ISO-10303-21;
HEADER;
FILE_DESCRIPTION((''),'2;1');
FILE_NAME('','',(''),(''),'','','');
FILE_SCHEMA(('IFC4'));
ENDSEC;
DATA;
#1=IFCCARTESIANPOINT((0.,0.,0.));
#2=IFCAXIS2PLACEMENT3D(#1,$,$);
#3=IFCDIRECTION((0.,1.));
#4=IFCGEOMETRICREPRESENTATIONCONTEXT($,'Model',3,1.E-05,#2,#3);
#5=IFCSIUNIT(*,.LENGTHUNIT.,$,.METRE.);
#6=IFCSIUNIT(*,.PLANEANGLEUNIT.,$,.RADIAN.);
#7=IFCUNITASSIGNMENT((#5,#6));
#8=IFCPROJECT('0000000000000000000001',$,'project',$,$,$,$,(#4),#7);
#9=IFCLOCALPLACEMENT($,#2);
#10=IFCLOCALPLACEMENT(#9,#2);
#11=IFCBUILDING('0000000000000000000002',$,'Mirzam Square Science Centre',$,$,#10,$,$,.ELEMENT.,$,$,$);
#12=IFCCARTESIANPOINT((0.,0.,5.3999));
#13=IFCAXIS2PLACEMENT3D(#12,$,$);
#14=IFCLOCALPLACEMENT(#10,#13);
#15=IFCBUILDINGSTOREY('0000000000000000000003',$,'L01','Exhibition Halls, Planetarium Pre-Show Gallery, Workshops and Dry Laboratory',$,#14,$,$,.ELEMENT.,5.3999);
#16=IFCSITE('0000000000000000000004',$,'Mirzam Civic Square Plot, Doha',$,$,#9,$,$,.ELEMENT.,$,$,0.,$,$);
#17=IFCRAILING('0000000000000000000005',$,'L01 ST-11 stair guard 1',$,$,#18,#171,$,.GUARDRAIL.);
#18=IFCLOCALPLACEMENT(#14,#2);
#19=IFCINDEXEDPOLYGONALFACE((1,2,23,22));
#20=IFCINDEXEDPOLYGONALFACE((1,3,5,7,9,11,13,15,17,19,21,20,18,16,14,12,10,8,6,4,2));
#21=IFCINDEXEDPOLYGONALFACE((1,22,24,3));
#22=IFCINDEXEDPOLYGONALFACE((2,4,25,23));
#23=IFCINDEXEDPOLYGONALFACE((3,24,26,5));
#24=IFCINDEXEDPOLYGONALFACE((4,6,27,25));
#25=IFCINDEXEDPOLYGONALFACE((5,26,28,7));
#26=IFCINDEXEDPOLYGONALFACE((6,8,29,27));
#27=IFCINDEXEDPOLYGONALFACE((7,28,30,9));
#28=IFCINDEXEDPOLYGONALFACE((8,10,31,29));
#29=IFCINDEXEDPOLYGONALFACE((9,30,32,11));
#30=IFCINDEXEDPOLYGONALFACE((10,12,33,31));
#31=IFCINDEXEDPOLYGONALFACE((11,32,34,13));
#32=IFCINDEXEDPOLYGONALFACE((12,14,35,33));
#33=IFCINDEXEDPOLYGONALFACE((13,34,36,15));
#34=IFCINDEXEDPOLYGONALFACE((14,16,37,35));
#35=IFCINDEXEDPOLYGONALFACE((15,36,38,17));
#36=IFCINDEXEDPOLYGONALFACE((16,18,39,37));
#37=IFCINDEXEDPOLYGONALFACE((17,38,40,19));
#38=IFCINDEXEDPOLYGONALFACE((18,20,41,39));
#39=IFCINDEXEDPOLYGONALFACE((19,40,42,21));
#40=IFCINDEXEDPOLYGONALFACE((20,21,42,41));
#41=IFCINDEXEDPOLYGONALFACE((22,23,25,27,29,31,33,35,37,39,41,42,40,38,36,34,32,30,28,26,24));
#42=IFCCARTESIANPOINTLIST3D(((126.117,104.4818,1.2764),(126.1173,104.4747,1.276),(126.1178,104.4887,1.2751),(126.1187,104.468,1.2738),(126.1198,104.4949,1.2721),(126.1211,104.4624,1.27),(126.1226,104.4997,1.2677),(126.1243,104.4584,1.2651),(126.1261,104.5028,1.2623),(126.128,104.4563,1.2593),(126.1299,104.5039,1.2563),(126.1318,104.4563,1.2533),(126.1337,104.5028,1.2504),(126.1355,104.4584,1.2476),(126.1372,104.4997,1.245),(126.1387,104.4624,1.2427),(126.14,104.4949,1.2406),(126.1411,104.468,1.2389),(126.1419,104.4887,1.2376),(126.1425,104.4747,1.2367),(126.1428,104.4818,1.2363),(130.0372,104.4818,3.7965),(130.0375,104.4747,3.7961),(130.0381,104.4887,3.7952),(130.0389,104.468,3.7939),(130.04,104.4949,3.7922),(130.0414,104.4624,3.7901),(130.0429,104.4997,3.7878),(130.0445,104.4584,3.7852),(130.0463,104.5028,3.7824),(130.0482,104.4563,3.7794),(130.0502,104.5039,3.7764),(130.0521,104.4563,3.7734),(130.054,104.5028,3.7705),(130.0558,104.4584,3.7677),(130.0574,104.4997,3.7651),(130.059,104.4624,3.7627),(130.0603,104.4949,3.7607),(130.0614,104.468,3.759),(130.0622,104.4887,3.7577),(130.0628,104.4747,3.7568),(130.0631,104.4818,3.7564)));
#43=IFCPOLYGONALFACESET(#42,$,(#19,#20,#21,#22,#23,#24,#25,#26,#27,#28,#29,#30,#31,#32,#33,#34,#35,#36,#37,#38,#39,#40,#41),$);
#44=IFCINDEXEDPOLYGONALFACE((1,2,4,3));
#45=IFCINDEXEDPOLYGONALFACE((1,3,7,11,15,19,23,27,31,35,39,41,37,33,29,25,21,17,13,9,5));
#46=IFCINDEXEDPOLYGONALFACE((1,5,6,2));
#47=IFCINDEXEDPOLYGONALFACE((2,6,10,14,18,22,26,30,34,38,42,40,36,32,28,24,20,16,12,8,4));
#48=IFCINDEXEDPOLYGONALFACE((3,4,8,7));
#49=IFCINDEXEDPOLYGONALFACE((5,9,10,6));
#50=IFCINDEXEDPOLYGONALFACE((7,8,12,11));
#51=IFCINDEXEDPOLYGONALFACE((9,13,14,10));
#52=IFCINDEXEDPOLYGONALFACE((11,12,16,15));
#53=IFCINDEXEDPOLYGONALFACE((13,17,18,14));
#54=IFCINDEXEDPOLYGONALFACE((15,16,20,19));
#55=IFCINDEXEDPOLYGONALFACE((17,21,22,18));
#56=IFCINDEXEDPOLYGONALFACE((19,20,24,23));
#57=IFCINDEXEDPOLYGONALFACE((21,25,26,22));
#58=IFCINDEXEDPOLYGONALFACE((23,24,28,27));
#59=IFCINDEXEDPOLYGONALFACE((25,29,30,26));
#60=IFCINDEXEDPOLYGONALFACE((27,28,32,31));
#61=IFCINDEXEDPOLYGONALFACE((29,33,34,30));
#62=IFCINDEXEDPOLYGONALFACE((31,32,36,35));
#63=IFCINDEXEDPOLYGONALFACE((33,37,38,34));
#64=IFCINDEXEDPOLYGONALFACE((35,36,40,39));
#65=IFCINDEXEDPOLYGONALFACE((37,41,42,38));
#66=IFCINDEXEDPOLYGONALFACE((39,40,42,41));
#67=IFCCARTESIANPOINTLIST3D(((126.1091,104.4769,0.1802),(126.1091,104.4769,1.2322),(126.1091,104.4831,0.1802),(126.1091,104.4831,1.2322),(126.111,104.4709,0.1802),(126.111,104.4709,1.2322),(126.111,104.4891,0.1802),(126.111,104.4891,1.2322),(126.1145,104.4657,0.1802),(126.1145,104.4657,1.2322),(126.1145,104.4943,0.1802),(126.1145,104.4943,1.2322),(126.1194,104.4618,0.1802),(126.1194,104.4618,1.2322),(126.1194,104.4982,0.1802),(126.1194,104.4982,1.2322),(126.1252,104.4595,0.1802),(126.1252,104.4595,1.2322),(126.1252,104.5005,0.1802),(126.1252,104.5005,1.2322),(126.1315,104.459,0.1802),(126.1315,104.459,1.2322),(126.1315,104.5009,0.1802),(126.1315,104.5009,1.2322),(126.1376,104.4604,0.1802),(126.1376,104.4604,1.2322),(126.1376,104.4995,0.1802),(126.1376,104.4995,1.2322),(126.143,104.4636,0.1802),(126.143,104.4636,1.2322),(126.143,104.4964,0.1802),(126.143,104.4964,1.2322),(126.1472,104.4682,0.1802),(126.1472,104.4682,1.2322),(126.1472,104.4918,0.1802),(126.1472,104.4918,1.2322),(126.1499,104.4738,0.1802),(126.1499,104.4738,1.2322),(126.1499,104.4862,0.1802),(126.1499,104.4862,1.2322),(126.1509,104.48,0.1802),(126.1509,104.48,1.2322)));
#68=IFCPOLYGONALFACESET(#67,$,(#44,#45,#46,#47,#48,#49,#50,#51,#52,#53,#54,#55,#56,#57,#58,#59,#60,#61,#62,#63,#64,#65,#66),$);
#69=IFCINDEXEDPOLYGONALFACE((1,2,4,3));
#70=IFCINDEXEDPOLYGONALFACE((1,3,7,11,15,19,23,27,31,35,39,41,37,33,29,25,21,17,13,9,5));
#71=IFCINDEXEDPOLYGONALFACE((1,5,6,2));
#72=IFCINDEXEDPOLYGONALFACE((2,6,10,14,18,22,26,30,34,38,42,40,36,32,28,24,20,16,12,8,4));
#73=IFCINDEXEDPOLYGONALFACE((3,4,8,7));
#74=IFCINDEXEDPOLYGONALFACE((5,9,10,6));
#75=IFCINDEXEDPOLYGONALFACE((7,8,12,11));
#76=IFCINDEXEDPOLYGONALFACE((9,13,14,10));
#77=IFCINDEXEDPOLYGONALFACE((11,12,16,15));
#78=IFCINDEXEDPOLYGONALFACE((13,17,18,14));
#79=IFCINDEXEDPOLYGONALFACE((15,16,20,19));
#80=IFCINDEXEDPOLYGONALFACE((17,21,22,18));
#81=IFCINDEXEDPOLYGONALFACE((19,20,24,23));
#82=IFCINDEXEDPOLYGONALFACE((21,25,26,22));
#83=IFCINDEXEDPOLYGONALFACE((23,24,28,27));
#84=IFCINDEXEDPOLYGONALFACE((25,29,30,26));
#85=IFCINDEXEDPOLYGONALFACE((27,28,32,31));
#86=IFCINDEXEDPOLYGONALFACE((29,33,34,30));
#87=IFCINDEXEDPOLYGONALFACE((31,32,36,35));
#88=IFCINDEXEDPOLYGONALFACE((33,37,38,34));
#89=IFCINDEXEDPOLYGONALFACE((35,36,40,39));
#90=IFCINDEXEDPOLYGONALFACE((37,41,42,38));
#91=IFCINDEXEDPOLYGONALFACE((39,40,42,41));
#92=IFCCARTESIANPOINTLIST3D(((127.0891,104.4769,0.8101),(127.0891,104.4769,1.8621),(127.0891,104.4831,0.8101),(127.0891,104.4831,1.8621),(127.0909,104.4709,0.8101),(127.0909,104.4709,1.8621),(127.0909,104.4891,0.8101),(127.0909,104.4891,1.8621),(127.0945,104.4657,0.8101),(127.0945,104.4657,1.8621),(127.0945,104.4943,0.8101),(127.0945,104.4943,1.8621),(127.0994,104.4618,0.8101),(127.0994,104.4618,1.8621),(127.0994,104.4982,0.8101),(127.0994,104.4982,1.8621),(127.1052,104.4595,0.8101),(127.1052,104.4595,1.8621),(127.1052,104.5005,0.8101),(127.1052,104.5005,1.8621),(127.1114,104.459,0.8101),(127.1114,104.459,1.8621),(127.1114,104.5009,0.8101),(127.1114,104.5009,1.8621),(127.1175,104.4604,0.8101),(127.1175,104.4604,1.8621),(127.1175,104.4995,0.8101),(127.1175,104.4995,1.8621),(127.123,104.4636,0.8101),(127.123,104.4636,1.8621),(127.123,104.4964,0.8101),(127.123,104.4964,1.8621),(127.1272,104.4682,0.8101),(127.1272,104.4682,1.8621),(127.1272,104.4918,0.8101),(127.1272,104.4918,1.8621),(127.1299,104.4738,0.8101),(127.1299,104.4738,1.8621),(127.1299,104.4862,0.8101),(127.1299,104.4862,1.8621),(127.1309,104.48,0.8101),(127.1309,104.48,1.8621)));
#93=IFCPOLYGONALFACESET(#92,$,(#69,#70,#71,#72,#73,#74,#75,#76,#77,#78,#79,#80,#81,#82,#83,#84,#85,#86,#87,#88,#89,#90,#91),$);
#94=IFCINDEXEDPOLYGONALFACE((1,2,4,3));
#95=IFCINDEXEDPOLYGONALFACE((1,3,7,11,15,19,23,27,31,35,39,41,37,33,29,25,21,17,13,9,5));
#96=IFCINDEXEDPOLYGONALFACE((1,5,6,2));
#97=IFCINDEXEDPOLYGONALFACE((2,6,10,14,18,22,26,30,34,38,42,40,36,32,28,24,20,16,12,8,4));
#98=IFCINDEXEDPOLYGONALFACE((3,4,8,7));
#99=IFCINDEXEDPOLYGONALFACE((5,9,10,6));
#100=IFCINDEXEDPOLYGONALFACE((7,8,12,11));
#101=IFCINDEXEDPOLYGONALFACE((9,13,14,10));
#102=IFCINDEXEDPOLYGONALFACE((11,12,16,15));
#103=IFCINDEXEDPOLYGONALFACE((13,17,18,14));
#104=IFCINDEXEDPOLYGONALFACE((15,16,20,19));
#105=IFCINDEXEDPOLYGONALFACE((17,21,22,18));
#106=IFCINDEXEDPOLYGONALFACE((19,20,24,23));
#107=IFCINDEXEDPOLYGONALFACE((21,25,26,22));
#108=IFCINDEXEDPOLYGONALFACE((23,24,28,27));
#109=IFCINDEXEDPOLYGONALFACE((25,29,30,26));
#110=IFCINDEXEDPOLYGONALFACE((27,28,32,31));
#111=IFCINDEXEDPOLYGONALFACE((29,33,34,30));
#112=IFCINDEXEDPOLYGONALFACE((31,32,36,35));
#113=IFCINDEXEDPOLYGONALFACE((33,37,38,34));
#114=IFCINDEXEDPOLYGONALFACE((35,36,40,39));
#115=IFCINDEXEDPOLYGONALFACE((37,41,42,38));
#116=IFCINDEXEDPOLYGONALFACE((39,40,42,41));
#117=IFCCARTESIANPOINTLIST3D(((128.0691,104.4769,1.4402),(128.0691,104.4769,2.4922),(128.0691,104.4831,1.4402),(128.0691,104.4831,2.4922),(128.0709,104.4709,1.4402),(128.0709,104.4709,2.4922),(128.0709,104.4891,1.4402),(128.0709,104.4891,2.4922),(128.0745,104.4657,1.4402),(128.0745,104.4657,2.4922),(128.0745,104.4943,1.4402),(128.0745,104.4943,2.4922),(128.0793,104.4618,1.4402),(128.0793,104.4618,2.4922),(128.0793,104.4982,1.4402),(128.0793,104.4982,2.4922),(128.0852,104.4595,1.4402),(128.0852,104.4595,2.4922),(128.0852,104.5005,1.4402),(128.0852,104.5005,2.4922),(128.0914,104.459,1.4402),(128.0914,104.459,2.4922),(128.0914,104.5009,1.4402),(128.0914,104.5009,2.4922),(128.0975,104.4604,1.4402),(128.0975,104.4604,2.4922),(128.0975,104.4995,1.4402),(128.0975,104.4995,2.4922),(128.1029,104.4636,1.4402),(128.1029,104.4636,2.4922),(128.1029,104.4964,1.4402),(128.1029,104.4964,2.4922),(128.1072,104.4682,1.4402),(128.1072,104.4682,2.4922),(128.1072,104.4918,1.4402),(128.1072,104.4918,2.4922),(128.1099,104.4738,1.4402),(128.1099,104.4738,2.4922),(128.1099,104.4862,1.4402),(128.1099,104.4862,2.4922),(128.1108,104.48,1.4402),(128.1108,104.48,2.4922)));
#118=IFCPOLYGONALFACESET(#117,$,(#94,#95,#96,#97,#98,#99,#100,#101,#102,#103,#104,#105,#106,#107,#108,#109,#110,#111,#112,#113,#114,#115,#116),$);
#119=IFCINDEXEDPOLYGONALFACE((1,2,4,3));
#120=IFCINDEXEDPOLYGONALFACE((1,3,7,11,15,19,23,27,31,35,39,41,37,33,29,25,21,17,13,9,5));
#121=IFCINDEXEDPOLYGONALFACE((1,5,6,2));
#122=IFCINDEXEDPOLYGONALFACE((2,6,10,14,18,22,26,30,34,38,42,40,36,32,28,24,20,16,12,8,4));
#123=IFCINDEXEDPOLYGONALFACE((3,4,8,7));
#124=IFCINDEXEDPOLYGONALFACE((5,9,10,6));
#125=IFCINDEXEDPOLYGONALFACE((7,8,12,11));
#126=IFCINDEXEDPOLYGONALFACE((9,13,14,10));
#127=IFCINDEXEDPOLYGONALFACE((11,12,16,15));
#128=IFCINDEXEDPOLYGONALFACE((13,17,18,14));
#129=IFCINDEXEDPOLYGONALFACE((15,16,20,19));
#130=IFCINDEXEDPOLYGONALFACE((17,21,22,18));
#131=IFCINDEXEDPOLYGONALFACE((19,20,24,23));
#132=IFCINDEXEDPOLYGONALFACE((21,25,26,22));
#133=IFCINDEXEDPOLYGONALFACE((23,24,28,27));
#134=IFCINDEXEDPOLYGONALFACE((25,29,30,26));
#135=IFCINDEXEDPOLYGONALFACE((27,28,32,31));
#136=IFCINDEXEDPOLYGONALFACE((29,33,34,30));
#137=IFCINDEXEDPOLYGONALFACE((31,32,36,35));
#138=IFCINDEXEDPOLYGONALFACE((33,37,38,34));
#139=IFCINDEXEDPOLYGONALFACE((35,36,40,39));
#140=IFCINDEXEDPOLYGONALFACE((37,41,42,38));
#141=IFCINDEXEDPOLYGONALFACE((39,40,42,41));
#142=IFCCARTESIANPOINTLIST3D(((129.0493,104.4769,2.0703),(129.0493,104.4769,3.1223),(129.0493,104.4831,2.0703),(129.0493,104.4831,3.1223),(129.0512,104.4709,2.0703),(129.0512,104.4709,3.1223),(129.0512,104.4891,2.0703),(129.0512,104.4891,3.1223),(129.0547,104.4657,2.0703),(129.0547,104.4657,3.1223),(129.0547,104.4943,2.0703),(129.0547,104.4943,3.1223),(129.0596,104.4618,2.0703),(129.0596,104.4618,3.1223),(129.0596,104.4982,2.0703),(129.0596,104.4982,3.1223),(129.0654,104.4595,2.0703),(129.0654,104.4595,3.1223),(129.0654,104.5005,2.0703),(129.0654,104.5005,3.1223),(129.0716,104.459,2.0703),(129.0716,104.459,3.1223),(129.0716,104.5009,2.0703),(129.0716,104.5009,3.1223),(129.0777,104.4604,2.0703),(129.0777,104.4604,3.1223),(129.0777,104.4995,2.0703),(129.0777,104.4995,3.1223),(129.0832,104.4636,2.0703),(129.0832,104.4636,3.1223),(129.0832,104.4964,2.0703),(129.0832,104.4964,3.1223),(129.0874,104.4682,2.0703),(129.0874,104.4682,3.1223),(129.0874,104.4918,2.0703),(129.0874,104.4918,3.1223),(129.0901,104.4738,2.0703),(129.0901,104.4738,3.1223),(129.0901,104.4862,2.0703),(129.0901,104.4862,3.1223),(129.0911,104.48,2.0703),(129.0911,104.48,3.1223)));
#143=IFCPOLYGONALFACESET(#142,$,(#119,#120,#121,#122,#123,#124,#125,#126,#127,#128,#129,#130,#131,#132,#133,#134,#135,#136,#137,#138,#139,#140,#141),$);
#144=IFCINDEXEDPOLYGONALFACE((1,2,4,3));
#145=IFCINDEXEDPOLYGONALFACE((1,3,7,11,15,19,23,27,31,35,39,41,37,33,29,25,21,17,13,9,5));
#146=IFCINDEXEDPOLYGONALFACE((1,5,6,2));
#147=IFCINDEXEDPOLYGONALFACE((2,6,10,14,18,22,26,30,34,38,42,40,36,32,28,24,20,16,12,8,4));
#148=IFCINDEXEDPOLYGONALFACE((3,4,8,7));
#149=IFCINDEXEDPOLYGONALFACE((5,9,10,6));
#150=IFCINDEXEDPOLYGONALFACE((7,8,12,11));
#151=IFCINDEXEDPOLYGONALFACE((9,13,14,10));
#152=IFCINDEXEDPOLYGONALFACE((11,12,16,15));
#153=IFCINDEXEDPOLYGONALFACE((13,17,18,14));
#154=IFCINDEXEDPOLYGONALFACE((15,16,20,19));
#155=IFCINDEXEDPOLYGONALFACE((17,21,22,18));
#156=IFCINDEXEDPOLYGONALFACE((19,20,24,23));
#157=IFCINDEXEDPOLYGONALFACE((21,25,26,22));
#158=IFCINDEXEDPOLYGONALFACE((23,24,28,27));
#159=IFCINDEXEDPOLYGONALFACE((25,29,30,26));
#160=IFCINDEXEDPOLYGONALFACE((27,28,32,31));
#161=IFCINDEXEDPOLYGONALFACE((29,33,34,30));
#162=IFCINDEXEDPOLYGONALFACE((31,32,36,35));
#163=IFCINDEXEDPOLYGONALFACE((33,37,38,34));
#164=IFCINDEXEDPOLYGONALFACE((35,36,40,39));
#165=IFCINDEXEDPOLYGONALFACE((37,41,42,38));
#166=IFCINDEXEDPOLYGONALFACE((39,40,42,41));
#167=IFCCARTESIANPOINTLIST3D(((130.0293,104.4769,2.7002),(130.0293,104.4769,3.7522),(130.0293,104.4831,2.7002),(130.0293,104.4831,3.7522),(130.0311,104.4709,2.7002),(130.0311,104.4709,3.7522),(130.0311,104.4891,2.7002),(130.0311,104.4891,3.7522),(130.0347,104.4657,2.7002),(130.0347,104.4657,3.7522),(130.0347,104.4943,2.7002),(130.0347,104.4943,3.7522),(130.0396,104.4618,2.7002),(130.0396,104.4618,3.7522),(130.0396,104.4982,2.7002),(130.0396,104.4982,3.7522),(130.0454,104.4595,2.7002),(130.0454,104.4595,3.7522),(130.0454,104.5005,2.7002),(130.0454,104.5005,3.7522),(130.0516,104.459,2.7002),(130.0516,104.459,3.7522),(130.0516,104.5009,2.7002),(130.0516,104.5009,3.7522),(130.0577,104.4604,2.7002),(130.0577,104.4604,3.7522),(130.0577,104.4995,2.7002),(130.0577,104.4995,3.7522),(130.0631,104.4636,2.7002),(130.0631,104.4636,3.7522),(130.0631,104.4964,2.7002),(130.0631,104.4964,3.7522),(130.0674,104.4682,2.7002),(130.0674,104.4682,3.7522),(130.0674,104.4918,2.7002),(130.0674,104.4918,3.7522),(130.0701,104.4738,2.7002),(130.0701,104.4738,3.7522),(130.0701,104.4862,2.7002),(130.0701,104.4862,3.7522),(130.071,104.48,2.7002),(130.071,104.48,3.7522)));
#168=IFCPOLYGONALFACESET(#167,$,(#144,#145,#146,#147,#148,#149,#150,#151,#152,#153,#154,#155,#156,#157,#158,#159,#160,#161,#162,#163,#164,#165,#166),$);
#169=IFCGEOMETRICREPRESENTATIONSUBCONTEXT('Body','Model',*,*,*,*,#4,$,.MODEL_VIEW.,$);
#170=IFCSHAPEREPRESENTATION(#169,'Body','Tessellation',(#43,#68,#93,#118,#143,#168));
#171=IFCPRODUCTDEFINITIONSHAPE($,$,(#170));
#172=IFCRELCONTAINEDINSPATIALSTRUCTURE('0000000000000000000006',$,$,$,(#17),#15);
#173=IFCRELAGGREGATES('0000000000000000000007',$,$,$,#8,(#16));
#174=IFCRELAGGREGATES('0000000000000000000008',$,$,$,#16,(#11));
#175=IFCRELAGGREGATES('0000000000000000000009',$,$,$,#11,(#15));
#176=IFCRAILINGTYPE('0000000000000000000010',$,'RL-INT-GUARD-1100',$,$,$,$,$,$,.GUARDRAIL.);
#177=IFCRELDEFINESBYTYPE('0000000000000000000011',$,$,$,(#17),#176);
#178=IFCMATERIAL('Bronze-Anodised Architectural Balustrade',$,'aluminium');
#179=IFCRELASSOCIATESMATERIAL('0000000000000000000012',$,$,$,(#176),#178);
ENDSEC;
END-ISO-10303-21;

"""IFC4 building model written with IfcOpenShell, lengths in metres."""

from ifc_helpers import new_model, si_unit, direction, frame, origin, origin_2d, place, context, subcontext, project, spatial, circle, extrude, material, type_object, element, save


model = new_model("IFC4")

# Units and contexts
model_context = context("Model", 3, precision=1e-05, world=origin(), true_north=direction((0.0, 1.0)))
body_context = subcontext(model_context, "Body", "Model", "MODEL_VIEW")
ifc_project = project(units=[si_unit("LENGTHUNIT", "METRE"), si_unit("PLANEANGLEUNIT", "RADIAN")], contexts=[model_context])

# Site, building, storey
site_placement = place(None, origin())
site = spatial("IfcSite", under=ifc_project, at=site_placement, Name="Mirzam Civic Square Plot, Doha", CompositionType="ELEMENT", RefElevation=0.0)
building_placement = place(site_placement, origin())
building = spatial("IfcBuilding", under=site, at=building_placement, Name="Mirzam Square Science Centre", CompositionType="ELEMENT")
storey_placement = place(building_placement, frame((0.0, 0.0, 5.3999)))
storey = spatial("IfcBuildingStorey", under=building, at=storey_placement, Name="L01", Description="Exhibition Halls, Planetarium Pre-Show Gallery, Workshops and Dry Laboratory", CompositionType="ELEMENT", Elevation=5.3999)

# Railing
ifc_material_1 = material(Name="Bronze-Anodised Architectural Balustrade", Category="aluminium")
railing_type_1 = type_object("IfcRailingType", Name="RL-INT-GUARD-1100", PredefinedType="GUARDRAIL", material=ifc_material_1)
railing_1_placement = place(storey_placement, frame((126.1299, 104.48, 0.1802)))
element("IfcRailing", 1, at=railing_1_placement, inside=storey, type_object=railing_type_1, Name="L01 ST-11 stair guard 1", PredefinedType="GUARDRAIL", context=body_context, shape_type="SweptSolid", body=[
    extrude(circle(Radius=0.0239, at=origin_2d()), frame((0.0, 0.0, 1.0762), z_axis=(0.841187, 0.0, 0.540744), x_axis=(0.0, 1.0, 0.0)), (0.0, 0.0, 1.0), 4.6604),
    extrude(circle(Radius=0.021, at=origin_2d()), origin(), (0.0, 0.0, 1.0), 1.052),
    extrude(circle(Radius=0.021, at=origin_2d()), frame((0.98, 0.0, 0.6299)), (0.0, 0.0, 1.0), 1.052),
    extrude(circle(Radius=0.021, at=origin_2d()), frame((1.96, 0.0, 1.26)), (0.0, 0.0, 1.0), 1.052),
    extrude(circle(Radius=0.021, at=origin_2d()), frame((2.9402, 0.0, 1.8901)), (0.0, 0.0, 1.0), 1.052),
    extrude(circle(Radius=0.021, at=origin_2d()), frame((3.9202, 0.0, 2.52)), (0.0, 0.0, 1.0), 1.052),
])

save(model, "model.ifc")
